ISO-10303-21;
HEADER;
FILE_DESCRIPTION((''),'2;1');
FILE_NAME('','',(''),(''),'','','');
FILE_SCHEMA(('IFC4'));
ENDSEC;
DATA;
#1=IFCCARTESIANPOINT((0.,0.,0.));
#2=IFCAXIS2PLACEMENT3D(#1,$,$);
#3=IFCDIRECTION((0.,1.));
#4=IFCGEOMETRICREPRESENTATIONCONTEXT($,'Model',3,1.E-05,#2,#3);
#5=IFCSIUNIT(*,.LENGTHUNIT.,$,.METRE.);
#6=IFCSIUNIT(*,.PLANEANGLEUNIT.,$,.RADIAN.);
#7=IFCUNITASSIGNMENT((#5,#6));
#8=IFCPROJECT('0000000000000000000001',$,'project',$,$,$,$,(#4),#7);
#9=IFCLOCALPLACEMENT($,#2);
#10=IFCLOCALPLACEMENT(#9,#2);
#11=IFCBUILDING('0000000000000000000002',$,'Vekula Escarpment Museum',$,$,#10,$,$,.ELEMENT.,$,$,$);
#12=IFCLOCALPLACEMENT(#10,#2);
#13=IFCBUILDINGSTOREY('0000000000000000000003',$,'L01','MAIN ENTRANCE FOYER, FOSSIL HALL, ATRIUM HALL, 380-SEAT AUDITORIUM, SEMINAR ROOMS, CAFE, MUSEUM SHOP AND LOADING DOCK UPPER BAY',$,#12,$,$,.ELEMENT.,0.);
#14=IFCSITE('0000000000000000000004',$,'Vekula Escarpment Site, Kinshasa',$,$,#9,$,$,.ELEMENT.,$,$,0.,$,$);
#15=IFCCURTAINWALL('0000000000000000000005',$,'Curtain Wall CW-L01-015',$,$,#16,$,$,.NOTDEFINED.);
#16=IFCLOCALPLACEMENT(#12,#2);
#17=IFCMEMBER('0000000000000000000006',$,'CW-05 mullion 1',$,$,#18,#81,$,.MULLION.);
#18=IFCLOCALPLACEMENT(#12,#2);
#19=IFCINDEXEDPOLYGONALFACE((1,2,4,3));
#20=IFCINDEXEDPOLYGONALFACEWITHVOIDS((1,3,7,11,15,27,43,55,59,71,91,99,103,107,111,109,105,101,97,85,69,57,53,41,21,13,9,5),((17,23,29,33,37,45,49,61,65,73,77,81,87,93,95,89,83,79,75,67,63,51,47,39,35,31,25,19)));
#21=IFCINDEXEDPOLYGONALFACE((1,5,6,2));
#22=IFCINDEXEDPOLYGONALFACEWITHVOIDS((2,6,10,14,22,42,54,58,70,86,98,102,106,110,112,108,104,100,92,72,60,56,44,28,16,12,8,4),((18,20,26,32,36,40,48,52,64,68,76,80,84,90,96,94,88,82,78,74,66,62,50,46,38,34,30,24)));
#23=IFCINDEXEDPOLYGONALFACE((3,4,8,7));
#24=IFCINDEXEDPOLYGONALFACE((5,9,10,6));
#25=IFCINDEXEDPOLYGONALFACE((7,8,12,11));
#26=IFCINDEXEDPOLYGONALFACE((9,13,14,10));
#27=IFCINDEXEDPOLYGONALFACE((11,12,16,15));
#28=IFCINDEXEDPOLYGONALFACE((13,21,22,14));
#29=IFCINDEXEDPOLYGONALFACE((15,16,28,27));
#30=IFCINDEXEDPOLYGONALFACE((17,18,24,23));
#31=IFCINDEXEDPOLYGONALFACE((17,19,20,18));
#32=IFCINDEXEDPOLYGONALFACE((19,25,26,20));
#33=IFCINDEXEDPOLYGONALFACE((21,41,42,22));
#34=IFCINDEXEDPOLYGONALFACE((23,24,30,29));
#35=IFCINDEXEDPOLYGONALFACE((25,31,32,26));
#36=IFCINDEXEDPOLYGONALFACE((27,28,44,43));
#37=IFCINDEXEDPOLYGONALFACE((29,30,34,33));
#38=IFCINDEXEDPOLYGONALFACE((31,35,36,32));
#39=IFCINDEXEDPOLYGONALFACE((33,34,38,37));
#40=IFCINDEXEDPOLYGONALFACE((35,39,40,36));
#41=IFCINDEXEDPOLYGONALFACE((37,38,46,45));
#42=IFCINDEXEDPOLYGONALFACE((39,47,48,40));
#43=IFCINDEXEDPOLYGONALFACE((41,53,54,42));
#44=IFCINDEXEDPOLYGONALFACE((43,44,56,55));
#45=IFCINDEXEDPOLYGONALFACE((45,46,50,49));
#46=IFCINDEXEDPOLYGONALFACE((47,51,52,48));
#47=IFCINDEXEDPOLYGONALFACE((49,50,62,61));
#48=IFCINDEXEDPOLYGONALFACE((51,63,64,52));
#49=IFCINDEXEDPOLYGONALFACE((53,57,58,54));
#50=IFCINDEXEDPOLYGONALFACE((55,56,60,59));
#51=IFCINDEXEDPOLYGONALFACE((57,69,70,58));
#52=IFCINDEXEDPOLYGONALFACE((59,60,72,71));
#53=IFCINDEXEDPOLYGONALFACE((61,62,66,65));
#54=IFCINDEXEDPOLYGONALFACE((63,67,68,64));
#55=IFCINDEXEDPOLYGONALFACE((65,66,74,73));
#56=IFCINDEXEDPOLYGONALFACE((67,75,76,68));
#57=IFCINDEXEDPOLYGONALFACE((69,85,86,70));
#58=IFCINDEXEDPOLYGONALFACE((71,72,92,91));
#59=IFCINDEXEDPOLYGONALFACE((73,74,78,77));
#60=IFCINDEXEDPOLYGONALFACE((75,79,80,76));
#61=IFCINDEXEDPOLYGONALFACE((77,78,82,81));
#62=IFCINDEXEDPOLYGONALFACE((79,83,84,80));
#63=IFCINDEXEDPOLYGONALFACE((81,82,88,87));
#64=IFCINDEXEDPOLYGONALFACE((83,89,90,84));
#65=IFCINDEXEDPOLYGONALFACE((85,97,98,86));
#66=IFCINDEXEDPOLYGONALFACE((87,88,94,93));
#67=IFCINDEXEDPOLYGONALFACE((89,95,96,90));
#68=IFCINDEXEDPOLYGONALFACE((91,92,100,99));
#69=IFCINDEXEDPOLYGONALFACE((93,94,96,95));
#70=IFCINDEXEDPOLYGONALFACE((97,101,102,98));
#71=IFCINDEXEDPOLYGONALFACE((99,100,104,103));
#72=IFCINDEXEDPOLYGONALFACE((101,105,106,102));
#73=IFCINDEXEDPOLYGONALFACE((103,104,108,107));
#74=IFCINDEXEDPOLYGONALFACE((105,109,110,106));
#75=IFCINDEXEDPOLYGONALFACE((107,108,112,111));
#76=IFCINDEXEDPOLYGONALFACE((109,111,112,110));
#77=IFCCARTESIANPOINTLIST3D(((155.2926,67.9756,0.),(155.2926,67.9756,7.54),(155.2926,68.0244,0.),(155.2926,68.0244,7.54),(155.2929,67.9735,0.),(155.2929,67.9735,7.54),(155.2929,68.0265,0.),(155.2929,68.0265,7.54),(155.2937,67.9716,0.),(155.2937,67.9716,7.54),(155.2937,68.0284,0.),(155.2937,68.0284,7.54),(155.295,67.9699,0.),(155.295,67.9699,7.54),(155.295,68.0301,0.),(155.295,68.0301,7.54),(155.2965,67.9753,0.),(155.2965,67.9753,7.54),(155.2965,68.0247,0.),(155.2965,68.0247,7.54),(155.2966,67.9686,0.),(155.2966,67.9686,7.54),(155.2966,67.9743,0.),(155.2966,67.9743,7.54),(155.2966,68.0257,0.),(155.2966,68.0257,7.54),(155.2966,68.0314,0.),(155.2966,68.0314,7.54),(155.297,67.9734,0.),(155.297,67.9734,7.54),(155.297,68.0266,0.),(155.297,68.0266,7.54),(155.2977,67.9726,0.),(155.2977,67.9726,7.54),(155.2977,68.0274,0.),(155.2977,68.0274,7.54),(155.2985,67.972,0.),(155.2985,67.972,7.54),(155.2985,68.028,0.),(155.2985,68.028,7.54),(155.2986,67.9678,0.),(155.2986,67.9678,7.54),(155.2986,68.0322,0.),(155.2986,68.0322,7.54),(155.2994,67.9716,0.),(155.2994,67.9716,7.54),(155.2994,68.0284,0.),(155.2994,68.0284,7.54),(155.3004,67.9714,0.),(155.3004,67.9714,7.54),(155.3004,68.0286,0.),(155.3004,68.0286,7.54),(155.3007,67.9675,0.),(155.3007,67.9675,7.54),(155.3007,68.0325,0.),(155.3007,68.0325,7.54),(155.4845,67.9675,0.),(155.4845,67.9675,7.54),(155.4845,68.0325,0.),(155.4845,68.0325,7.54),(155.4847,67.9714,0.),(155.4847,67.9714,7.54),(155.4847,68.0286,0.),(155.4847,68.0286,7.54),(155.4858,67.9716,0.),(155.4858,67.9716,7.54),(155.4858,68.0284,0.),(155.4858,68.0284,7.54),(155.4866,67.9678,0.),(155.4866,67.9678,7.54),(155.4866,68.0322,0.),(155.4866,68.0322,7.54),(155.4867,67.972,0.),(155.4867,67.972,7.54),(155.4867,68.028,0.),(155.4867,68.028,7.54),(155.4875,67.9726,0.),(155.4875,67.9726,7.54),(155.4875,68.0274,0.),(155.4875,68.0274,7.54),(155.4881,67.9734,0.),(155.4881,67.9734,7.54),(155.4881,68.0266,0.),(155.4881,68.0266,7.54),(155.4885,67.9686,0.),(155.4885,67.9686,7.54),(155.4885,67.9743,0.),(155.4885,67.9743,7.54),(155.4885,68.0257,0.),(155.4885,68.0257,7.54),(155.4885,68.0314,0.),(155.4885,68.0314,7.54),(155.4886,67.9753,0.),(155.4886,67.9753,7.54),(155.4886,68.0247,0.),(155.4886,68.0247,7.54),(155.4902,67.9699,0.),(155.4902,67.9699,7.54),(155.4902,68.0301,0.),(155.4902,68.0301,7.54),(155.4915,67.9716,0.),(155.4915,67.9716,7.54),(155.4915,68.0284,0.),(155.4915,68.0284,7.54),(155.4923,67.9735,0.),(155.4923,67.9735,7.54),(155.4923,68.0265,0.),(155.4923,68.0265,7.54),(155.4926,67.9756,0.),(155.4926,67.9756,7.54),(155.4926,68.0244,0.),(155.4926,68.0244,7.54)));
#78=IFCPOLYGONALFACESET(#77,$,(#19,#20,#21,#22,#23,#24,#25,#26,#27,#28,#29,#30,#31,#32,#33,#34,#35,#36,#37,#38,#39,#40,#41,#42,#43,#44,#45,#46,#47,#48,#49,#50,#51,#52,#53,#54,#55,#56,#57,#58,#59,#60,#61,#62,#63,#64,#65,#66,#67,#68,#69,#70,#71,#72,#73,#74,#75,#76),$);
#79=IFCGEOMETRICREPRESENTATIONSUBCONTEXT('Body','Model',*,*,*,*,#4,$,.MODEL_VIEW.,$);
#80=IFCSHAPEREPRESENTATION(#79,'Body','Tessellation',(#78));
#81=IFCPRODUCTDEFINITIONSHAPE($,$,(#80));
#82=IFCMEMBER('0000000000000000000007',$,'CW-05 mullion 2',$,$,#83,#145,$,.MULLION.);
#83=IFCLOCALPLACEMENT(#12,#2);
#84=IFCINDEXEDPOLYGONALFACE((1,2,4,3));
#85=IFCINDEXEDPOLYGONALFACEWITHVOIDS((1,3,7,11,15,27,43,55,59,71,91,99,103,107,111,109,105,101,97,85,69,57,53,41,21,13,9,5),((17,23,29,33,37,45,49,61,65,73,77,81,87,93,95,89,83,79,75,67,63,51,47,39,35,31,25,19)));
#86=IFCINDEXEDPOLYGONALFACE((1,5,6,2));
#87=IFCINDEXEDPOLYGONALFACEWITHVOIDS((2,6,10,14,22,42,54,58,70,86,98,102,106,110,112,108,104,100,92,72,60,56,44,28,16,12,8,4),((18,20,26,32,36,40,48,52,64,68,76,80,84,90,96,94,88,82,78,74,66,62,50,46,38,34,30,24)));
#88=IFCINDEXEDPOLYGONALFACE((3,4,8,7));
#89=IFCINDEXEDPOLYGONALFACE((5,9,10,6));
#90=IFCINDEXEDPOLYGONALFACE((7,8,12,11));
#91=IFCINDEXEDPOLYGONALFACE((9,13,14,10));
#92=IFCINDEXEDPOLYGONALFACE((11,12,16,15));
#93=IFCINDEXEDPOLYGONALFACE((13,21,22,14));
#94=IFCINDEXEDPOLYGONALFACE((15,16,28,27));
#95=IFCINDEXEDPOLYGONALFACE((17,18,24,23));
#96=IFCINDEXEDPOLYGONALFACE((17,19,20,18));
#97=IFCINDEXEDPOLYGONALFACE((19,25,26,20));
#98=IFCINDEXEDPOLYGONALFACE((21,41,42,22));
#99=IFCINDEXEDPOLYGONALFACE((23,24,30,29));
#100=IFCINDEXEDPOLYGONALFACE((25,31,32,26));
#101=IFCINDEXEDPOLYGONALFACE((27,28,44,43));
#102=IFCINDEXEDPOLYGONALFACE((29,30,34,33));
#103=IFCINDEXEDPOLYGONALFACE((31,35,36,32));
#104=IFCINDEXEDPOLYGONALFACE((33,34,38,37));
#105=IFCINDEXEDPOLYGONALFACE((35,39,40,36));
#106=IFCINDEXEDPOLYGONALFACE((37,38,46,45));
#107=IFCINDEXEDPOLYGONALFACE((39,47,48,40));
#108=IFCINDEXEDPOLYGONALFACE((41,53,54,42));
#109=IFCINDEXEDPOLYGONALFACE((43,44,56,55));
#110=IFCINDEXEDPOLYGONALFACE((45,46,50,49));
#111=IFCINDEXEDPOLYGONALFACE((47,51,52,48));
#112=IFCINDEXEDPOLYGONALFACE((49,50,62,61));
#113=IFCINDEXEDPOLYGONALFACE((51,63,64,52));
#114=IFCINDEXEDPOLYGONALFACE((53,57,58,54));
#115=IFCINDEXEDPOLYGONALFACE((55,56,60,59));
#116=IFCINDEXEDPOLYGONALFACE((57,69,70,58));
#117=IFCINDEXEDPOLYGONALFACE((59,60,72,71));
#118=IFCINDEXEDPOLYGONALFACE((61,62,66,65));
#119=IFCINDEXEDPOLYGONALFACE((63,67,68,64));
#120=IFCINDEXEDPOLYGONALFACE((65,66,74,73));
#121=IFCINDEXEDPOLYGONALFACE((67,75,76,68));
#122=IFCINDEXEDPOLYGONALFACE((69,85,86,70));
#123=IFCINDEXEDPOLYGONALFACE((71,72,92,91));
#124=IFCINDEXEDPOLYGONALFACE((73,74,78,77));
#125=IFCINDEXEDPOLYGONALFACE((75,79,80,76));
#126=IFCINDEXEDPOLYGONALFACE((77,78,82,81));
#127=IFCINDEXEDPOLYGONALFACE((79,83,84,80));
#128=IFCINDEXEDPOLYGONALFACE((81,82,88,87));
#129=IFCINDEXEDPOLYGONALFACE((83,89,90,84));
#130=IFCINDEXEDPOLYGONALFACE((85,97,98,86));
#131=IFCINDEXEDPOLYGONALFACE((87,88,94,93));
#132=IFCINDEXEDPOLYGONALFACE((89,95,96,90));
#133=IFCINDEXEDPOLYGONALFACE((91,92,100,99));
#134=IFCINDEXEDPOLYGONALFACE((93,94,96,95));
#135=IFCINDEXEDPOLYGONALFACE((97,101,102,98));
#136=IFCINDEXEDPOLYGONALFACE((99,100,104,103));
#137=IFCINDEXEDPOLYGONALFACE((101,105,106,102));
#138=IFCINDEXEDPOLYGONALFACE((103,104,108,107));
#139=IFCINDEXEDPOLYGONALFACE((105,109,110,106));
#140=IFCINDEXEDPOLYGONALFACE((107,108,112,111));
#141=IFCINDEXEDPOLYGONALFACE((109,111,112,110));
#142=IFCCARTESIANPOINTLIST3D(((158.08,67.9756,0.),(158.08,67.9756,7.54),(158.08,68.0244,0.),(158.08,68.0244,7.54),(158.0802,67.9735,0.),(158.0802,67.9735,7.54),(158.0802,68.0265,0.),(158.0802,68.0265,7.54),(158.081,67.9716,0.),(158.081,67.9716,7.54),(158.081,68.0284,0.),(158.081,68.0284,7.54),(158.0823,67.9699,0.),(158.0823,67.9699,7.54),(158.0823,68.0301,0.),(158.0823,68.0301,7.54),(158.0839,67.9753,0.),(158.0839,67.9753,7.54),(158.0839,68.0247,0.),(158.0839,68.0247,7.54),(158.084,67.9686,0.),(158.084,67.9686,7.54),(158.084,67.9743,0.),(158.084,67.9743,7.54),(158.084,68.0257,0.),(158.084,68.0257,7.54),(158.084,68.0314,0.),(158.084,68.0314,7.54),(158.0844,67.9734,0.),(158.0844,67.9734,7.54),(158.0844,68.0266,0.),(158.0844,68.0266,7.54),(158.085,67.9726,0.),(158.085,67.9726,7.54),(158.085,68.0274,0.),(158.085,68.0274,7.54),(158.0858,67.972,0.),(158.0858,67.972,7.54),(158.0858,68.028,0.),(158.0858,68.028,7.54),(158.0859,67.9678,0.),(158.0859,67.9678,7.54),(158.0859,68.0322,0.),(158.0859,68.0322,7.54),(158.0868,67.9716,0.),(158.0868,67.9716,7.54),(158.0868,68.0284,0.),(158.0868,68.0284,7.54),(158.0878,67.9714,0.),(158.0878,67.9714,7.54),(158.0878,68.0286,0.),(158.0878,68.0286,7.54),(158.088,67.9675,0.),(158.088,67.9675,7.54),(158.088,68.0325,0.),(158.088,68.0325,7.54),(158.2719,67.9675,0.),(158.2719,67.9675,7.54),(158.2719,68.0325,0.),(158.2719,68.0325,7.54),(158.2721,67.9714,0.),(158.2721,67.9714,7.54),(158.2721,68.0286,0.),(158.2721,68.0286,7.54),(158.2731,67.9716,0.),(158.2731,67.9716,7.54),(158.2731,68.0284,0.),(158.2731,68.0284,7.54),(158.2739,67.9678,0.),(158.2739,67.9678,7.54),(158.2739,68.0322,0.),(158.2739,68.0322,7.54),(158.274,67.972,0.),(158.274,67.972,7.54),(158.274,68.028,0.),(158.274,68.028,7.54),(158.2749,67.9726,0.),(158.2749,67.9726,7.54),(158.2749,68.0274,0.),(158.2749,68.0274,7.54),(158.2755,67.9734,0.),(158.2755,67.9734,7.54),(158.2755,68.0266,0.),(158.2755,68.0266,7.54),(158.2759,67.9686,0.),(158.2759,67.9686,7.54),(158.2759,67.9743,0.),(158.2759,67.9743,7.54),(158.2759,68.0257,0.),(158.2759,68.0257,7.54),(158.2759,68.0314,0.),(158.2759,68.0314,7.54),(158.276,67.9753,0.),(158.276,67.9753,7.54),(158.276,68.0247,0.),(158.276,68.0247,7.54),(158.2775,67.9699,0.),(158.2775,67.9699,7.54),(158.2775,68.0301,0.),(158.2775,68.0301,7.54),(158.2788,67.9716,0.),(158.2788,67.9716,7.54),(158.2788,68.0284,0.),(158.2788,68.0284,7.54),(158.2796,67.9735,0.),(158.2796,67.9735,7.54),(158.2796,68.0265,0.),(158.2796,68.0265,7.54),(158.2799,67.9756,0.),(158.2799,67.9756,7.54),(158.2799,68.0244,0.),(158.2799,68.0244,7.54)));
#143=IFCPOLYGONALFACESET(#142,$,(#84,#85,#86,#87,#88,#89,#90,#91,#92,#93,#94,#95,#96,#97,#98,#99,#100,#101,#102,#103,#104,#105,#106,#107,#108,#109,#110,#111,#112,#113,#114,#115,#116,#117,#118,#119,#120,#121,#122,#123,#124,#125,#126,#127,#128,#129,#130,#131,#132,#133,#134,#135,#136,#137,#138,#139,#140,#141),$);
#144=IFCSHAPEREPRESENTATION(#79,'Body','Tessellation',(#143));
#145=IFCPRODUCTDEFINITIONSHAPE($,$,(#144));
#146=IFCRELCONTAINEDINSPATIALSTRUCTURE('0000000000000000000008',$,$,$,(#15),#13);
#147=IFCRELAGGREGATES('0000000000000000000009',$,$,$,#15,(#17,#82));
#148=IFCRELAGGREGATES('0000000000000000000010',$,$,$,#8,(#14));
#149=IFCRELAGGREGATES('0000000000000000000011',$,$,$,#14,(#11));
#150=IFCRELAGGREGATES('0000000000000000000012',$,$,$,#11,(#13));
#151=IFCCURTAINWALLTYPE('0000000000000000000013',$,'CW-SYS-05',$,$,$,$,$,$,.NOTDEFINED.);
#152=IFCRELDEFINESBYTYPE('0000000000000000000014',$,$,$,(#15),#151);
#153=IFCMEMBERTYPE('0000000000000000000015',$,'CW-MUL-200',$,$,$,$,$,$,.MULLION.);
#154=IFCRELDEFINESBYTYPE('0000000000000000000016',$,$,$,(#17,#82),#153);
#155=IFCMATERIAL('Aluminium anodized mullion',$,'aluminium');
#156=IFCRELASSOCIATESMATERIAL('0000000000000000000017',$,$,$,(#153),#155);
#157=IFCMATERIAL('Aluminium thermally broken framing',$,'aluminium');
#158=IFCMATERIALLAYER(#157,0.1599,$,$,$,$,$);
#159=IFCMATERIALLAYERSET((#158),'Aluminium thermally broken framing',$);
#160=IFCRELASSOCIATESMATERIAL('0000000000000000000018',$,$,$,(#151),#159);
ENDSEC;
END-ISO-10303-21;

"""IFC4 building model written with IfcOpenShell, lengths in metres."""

from ifc_helpers import new_model, si_unit, direction, frame, origin, origin_2d, place, context, subcontext, project, spatial, hollow_rectangle, extrude, material, layer, layer_set, material_profile, profile_set, type_object, element, aggregate, save


model = new_model("IFC4")

# Units and contexts
model_context = context("Model", 3, precision=1e-05, world=origin(), true_north=direction((0.0, 1.0)))
body_context = subcontext(model_context, "Body", "Model", "MODEL_VIEW")
ifc_project = project(units=[si_unit("LENGTHUNIT", "METRE"), si_unit("PLANEANGLEUNIT", "RADIAN")], contexts=[model_context])

# Site, building, storey
site_placement = place(None, origin())
site = spatial("IfcSite", under=ifc_project, at=site_placement, Name="Vekula Escarpment Site, Kinshasa", CompositionType="ELEMENT", RefElevation=0.0)
building_placement = place(site_placement, origin())
building = spatial("IfcBuilding", under=site, at=building_placement, Name="Vekula Escarpment Museum", CompositionType="ELEMENT")
storey_placement = place(building_placement, origin())
storey = spatial("IfcBuildingStorey", under=building, at=storey_placement, Name="L01", Description="MAIN ENTRANCE FOYER, FOSSIL HALL, ATRIUM HALL, 380-SEAT AUDITORIUM, SEMINAR ROOMS, CAFE, MUSEUM SHOP AND LOADING DOCK UPPER BAY", CompositionType="ELEMENT", Elevation=0.0)

# Shared definitions
ifc_material_1 = material(Name="Aluminium anodized mullion", Category="aluminium")
ifc_material_profile_1 = material_profile(ifc_material_1, hollow_rectangle(XDim=0.0649, YDim=0.2, WallThickness=0.0039, InnerFilletRadius=0.0039, OuterFilletRadius=0.0081, at=origin_2d()), Name="ALU 200x65x4")
ifc_profile_set_1 = profile_set([ifc_material_profile_1], Name="Aluminium anodized mullion")
member_type_1 = type_object("IfcMemberType", Name="CW-MUL-200", PredefinedType="MULLION", material=ifc_profile_set_1)

# Curtain wall, members
ifc_material_2 = material(Name="Aluminium thermally broken framing", Category="aluminium")
ifc_layer_1 = layer(ifc_material_2, 0.1599)
ifc_layer_set_1 = layer_set([ifc_layer_1], Name="Aluminium thermally broken framing")
curtain_wall_type_1 = type_object("IfcCurtainWallType", Name="CW-SYS-05", PredefinedType="NOTDEFINED", material=ifc_layer_set_1)
curtain_wall_1_placement = place(storey_placement, origin())
curtain_wall_1 = element("IfcCurtainWall", 1, at=curtain_wall_1_placement, inside=storey, type_object=curtain_wall_type_1, Name="Curtain Wall CW-L01-015", PredefinedType="NOTDEFINED")
member_1_placement = place(storey_placement, frame((155.3926, 68.0, 0.0), z_axis=(0.0, 0.0, 1.0), x_axis=(0.0, 1.0, 0.0)))
member_1 = element("IfcMember", 2, at=member_1_placement, type_object=member_type_1, Name="CW-05 mullion 1", PredefinedType="MULLION", context=body_context, shape_type="SweptSolid", body=[
    extrude(hollow_rectangle(XDim=0.0649, YDim=0.2, WallThickness=0.0039, InnerFilletRadius=0.0039, OuterFilletRadius=0.0081, at=origin_2d()), origin(), (0.0, 0.0, 1.0), 7.54),
])
member_2_placement = place(storey_placement, frame((158.1799, 68.0, 0.0), z_axis=(0.0, 0.0, 1.0), x_axis=(0.0, 1.0, 0.0)))
member_2 = element("IfcMember", 3, at=member_2_placement, type_object=member_type_1, Name="CW-05 mullion 2", PredefinedType="MULLION", context=body_context, shape_type="SweptSolid", body=[
    extrude(hollow_rectangle(XDim=0.0649, YDim=0.2, WallThickness=0.0039, InnerFilletRadius=0.0039, OuterFilletRadius=0.0081, at=origin_2d()), origin(), (0.0, 0.0, 1.0), 7.54),
])

aggregate(curtain_wall_1, [member_1, member_2])

save(model, "model.ifc")
